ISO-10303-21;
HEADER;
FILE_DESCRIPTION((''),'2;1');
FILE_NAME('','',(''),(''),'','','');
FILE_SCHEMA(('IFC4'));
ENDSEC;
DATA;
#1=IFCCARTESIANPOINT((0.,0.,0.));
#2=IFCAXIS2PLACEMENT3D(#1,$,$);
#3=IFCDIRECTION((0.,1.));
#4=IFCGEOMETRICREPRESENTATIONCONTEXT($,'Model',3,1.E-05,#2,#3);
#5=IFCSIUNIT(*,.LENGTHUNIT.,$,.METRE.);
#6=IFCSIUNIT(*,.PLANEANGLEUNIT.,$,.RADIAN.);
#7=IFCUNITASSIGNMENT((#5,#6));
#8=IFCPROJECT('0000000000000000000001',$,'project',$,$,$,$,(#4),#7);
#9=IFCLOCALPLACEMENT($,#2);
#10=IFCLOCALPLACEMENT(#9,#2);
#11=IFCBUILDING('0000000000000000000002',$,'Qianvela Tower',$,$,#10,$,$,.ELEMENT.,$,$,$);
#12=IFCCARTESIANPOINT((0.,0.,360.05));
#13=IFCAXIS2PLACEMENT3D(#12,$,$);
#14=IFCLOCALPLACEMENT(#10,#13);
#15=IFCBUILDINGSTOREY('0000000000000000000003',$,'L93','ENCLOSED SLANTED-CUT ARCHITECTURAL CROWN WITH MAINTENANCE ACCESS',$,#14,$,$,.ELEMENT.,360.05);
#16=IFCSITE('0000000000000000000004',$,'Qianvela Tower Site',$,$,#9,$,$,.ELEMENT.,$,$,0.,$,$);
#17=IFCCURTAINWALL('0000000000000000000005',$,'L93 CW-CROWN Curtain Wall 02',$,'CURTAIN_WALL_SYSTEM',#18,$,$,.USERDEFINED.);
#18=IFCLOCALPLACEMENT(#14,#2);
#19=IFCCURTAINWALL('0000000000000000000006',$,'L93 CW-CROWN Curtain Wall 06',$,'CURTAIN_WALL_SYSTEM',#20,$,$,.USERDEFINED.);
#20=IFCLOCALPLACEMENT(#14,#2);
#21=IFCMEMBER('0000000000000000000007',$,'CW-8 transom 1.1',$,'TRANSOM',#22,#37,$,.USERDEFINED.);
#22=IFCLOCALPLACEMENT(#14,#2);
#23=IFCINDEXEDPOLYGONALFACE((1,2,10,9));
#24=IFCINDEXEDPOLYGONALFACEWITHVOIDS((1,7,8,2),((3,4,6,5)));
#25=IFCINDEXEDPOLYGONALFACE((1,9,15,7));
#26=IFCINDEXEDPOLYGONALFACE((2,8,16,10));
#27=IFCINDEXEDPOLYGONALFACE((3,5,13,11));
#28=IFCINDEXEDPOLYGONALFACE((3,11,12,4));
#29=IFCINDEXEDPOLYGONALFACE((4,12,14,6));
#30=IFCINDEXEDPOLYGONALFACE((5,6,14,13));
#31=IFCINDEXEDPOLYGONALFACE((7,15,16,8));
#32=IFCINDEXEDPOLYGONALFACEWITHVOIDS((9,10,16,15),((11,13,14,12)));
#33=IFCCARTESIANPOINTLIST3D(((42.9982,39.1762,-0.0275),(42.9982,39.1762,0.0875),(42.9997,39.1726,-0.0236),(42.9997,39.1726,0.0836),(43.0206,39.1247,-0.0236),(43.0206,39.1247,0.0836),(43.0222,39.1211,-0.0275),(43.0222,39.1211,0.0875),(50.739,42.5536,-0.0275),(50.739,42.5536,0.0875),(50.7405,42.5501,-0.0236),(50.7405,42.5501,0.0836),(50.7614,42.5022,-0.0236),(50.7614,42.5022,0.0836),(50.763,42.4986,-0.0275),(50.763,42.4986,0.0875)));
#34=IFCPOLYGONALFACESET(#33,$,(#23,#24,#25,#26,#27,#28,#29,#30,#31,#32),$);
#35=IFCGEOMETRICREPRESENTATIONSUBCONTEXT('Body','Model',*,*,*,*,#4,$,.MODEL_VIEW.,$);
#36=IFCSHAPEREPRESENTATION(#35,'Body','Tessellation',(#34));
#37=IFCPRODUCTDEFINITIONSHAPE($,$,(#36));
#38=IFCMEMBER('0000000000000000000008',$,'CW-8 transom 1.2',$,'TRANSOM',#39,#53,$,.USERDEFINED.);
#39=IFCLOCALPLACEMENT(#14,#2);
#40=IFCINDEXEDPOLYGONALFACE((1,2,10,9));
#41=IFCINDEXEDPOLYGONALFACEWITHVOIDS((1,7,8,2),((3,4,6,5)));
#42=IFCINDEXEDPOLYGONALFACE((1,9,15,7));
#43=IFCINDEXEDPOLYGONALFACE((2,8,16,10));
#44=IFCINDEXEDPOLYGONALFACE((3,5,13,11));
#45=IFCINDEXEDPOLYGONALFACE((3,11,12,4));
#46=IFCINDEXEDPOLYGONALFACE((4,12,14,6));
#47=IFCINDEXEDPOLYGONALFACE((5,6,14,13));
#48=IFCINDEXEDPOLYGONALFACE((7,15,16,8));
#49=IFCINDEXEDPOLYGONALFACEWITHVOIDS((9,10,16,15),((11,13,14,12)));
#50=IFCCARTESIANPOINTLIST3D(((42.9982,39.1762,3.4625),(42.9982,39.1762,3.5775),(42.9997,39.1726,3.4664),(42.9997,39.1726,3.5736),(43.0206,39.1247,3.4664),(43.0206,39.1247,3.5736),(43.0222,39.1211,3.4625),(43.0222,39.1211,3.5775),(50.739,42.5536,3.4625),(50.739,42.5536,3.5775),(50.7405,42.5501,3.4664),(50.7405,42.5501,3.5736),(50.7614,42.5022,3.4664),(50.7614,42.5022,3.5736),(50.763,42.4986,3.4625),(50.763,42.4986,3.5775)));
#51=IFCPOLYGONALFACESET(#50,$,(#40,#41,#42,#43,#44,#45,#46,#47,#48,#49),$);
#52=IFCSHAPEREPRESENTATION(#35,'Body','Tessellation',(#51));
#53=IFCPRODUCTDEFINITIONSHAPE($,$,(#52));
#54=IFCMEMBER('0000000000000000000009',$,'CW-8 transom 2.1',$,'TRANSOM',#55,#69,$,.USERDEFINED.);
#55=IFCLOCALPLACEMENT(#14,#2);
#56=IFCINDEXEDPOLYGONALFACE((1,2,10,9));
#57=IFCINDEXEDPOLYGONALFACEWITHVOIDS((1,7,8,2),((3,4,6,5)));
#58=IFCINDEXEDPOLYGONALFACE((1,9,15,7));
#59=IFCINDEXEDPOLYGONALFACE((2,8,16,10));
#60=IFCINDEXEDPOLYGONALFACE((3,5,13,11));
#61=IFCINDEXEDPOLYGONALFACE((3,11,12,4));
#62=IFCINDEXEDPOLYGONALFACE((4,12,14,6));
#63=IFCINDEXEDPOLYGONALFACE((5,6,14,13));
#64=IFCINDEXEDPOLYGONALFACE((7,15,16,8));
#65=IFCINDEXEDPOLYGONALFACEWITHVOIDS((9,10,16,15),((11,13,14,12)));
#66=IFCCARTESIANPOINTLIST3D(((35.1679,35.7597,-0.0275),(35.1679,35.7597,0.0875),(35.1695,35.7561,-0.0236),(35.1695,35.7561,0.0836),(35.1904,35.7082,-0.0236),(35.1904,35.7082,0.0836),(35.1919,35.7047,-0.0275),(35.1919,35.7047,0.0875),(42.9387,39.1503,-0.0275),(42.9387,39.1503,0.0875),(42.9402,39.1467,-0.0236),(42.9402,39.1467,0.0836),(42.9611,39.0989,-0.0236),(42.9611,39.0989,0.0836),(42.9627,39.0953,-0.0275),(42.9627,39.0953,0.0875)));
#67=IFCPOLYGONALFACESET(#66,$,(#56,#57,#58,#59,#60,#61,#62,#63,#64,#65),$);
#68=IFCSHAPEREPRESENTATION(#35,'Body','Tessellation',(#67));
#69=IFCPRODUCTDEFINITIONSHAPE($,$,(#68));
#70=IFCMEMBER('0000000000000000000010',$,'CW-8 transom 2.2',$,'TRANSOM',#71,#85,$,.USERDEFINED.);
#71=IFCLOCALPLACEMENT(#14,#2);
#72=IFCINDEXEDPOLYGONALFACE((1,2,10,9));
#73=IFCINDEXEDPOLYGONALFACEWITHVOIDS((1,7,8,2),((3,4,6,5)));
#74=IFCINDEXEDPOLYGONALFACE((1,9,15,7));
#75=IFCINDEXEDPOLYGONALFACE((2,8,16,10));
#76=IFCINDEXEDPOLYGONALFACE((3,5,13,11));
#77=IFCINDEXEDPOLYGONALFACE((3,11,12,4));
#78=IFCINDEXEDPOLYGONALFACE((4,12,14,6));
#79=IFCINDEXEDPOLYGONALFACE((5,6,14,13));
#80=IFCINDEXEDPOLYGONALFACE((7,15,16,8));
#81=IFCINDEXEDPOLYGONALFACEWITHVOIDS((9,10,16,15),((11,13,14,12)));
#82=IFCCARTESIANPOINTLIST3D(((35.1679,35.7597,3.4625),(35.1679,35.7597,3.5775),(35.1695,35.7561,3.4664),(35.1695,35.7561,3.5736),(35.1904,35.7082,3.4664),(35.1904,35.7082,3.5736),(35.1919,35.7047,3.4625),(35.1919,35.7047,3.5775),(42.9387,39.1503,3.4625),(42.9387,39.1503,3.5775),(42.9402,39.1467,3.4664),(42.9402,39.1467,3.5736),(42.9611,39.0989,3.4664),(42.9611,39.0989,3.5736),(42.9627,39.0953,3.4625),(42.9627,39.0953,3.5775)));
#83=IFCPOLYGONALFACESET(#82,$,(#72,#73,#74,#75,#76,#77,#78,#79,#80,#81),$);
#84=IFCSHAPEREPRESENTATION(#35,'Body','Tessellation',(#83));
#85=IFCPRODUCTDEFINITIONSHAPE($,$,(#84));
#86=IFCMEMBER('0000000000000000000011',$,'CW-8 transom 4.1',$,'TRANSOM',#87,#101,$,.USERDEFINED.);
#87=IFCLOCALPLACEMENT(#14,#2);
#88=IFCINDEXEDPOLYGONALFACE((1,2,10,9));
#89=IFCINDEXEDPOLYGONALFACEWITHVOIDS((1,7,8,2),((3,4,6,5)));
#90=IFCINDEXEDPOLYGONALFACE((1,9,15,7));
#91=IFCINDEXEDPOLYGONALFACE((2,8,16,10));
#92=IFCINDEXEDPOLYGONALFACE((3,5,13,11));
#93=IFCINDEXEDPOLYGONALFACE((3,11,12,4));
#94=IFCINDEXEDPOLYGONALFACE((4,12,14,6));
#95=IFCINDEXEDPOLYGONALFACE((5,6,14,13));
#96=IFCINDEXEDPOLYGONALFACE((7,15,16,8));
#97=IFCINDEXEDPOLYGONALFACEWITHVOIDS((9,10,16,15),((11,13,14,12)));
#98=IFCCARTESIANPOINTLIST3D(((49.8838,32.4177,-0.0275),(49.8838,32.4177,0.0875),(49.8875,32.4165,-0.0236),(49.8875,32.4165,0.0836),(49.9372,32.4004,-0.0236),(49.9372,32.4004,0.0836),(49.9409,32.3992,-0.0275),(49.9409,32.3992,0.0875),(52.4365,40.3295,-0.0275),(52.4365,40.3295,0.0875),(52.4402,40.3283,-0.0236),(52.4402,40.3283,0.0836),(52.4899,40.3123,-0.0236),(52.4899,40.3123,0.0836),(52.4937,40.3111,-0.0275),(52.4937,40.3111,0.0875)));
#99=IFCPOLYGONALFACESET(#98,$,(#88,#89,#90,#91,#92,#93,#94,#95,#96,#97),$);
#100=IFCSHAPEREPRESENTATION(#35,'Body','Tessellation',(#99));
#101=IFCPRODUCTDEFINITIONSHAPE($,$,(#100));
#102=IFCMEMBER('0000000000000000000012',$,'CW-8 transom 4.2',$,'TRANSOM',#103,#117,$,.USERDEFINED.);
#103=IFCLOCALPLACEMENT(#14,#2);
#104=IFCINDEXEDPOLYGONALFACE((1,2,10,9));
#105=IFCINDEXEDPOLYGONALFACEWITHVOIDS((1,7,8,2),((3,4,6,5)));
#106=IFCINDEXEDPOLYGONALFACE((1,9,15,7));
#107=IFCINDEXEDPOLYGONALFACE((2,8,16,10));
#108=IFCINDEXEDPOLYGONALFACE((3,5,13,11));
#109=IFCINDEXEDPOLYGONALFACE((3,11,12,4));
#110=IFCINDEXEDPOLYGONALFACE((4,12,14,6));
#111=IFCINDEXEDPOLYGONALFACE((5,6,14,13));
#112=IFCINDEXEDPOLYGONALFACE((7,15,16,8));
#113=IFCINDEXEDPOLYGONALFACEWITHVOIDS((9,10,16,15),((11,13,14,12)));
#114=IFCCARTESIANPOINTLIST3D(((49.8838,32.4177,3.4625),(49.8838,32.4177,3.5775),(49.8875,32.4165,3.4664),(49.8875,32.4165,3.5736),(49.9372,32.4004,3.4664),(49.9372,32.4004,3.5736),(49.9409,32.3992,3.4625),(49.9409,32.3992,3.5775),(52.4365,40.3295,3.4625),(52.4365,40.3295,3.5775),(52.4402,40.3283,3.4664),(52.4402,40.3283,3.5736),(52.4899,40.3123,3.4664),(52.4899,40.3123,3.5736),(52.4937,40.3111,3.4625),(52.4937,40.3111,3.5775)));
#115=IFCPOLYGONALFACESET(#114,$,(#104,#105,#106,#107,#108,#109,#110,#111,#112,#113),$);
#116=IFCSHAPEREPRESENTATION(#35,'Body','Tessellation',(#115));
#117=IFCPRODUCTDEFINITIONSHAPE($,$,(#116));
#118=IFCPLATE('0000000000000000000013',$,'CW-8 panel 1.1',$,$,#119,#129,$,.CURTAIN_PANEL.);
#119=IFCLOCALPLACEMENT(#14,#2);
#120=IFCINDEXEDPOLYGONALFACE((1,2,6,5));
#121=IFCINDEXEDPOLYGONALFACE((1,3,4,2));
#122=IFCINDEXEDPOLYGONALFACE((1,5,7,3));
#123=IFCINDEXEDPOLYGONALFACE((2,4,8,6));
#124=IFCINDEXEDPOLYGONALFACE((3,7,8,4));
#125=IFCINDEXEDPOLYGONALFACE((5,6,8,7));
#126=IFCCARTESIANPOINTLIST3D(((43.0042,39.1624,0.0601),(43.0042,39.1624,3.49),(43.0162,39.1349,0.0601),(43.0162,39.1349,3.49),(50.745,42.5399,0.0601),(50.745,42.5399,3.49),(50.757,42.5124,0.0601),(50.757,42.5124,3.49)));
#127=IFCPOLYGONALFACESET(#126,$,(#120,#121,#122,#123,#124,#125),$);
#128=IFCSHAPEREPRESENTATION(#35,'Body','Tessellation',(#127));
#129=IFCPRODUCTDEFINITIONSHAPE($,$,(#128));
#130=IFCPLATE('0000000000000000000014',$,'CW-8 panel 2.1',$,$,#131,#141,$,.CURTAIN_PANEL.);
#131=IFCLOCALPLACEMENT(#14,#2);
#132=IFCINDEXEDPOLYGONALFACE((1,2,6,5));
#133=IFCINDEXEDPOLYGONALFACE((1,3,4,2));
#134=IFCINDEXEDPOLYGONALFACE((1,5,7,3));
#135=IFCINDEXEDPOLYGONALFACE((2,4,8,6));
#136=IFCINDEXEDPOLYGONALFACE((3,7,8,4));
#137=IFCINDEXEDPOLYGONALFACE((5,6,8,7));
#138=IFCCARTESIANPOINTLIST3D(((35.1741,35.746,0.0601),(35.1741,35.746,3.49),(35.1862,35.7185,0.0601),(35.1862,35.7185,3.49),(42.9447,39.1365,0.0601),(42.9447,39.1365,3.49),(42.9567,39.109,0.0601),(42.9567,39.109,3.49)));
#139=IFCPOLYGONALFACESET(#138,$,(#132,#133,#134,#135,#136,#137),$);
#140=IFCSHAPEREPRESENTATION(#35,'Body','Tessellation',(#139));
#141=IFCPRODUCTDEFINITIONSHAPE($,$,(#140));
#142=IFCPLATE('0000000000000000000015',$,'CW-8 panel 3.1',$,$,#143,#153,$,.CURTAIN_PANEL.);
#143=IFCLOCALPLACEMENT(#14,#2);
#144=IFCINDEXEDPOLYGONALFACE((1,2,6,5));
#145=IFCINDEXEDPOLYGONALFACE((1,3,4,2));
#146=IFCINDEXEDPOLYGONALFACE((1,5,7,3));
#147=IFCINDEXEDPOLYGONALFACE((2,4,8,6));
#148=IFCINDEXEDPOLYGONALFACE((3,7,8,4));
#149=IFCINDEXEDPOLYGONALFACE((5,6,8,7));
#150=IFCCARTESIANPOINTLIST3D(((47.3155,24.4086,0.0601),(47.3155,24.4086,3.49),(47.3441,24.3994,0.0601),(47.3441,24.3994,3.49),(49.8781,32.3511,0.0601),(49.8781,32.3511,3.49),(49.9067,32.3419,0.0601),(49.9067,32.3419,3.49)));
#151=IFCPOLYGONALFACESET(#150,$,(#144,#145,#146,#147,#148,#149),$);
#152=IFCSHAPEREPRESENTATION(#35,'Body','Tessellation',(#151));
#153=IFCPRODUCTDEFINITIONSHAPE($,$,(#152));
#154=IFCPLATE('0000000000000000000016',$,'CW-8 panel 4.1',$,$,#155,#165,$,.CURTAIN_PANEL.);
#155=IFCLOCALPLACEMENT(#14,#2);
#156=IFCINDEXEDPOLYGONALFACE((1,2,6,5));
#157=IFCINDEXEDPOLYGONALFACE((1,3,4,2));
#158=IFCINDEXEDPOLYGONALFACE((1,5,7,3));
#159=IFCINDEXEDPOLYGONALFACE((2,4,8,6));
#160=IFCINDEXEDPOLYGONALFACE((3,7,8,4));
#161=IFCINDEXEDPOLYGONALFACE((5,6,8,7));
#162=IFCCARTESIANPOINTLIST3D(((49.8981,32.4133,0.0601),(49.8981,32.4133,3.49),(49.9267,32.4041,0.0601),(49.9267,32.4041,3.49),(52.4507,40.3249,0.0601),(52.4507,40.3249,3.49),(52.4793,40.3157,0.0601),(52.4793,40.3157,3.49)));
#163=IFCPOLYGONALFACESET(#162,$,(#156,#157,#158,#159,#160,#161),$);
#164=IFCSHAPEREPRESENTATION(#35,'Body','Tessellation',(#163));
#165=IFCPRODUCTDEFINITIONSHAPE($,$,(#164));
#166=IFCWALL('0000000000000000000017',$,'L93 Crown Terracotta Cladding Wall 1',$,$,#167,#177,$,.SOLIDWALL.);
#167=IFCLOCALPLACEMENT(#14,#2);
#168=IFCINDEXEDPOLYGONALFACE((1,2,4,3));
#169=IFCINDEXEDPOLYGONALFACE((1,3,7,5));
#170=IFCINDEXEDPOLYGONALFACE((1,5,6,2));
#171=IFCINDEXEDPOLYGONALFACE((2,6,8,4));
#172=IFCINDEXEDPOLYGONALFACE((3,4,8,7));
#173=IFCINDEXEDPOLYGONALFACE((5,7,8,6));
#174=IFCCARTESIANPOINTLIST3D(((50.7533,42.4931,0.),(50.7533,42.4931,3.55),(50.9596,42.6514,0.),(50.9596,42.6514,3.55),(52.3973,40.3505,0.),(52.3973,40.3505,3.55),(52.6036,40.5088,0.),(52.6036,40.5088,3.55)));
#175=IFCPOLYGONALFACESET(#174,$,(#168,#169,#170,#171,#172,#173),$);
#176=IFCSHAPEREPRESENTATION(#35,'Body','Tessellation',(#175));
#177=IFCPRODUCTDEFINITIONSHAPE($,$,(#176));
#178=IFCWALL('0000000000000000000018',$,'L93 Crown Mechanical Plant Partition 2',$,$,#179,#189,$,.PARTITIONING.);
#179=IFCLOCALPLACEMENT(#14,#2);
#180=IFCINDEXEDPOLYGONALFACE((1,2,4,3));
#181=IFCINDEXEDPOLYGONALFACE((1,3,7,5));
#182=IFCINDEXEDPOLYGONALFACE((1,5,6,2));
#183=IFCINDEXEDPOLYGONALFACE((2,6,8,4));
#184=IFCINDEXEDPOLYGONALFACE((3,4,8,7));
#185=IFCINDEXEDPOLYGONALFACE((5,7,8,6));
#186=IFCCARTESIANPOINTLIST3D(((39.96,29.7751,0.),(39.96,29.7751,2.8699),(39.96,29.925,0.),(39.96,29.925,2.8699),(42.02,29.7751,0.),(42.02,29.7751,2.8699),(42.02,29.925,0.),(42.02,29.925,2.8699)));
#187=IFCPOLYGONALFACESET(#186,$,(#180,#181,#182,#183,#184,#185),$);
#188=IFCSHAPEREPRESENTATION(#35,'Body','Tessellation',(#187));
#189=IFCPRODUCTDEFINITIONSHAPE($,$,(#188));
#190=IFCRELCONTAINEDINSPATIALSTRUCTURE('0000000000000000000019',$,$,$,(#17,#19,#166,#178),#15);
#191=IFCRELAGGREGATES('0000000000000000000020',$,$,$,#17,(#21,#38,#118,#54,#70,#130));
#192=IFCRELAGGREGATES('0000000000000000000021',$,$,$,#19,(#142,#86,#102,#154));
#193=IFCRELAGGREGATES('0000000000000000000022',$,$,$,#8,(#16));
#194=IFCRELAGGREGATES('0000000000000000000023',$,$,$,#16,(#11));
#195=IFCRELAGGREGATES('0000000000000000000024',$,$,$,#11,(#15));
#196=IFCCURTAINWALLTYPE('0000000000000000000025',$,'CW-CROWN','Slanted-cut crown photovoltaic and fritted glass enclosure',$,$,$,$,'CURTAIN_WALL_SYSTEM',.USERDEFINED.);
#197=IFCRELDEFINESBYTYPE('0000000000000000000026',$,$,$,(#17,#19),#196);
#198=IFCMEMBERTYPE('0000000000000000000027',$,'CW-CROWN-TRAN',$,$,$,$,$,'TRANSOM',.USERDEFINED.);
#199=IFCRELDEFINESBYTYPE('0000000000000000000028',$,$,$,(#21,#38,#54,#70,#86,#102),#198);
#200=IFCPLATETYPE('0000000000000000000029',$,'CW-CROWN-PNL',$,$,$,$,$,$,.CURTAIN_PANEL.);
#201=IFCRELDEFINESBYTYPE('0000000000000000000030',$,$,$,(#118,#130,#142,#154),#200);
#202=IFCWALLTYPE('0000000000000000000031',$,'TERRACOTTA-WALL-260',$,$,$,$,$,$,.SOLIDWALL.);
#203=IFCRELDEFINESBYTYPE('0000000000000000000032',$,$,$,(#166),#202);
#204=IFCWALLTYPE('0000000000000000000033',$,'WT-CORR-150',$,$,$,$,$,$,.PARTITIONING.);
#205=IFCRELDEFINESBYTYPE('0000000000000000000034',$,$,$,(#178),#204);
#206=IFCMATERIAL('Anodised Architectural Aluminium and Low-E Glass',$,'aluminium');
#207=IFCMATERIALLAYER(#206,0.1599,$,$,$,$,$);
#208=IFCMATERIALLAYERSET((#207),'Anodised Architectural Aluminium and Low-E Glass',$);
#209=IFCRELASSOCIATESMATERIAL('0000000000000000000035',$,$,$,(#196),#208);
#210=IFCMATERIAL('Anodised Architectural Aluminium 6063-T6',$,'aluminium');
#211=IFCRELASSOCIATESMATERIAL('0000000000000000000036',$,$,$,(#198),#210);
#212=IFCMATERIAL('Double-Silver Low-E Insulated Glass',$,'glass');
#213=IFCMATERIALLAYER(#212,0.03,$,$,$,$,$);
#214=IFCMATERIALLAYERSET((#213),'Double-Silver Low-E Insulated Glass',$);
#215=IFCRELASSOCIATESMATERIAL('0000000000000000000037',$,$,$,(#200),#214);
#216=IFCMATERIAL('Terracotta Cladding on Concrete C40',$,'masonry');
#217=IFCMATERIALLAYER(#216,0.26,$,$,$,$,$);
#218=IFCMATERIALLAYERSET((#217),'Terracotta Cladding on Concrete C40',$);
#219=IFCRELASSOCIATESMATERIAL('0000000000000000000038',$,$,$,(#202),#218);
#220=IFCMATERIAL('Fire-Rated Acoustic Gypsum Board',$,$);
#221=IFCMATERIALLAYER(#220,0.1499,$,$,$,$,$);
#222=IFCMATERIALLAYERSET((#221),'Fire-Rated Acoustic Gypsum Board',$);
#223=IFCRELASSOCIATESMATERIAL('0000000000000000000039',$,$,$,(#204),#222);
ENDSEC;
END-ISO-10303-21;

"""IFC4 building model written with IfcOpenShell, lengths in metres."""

from ifc_helpers import new_model, si_unit, direction, frame, frame_2d, origin, origin_2d, place, context, subcontext, project, spatial, rectangle, hollow_rectangle, extrude, material, layer, layer_set, material_profile, profile_set, type_object, element, aggregate, save


model = new_model("IFC4")

# Units and contexts
model_context = context("Model", 3, precision=1e-05, world=origin(), true_north=direction((0.0, 1.0)))
body_context = subcontext(model_context, "Body", "Model", "MODEL_VIEW")
ifc_project = project(units=[si_unit("LENGTHUNIT", "METRE"), si_unit("PLANEANGLEUNIT", "RADIAN")], contexts=[model_context])

# Site, building, storey
site_placement = place(None, origin())
site = spatial("IfcSite", under=ifc_project, at=site_placement, Name="Qianvela Tower Site", CompositionType="ELEMENT", RefElevation=0.0)
building_placement = place(site_placement, origin())
building = spatial("IfcBuilding", under=site, at=building_placement, Name="Qianvela Tower", CompositionType="ELEMENT")
storey_placement = place(building_placement, frame((0.0, 0.0, 360.05)))
storey = spatial("IfcBuildingStorey", under=building, at=storey_placement, Name="L93", Description="ENCLOSED SLANTED-CUT ARCHITECTURAL CROWN WITH MAINTENANCE ACCESS", CompositionType="ELEMENT", Elevation=360.05)

# Curtain walls
ifc_material_1 = material(Name="Anodised Architectural Aluminium and Low-E Glass", Category="aluminium")
ifc_layer_1 = layer(ifc_material_1, 0.1599)
ifc_layer_set_1 = layer_set([ifc_layer_1], Name="Anodised Architectural Aluminium and Low-E Glass")
curtain_wall_type = type_object("IfcCurtainWallType", Name="CW-CROWN", Description="Slanted-cut crown photovoltaic and fritted glass enclosure", ElementType="CURTAIN_WALL_SYSTEM", PredefinedType="USERDEFINED", material=ifc_layer_set_1)
curtain_wall_1_placement = place(storey_placement, origin())
curtain_wall_1 = element("IfcCurtainWall", 1, at=curtain_wall_1_placement, inside=storey, type_object=curtain_wall_type, Name="L93 CW-CROWN Curtain Wall 02", ObjectType="CURTAIN_WALL_SYSTEM", PredefinedType="USERDEFINED")
curtain_wall_2_placement = place(storey_placement, origin())
curtain_wall_2 = element("IfcCurtainWall", 2, at=curtain_wall_2_placement, inside=storey, type_object=curtain_wall_type, Name="L93 CW-CROWN Curtain Wall 06", ObjectType="CURTAIN_WALL_SYSTEM", PredefinedType="USERDEFINED")

# Members
ifc_material_2 = material(Name="Anodised Architectural Aluminium 6063-T6", Category="aluminium")
ifc_material_profile_1 = material_profile(ifc_material_2, hollow_rectangle(XDim=0.0601, YDim=0.115, WallThickness=0.0039, at=origin_2d()), Name="ALU-TRAN-60x115")
ifc_profile_set_1 = profile_set([ifc_material_profile_1], Name="Anodised Architectural Aluminium 6063-T6")
member_type_1 = type_object("IfcMemberType", Name="CW-CROWN-TRAN", ElementType="TRANSOM", PredefinedType="USERDEFINED", material=ifc_profile_set_1)
member_1_placement = place(storey_placement, frame((50.751, 42.5261, 0.03), z_axis=(-0.916554, -0.399912, 0.0), x_axis=(0.399912, -0.916554, 0.0)))
member_1 = element("IfcMember", 3, at=member_1_placement, type_object=member_type_1, Name="CW-8 transom 1.1", ObjectType="TRANSOM", PredefinedType="USERDEFINED", context=body_context, shape_type="SweptSolid", body=[
    extrude(hollow_rectangle(XDim=0.0601, YDim=0.115, WallThickness=0.0039, at=origin_2d()), origin(), (0.0, 0.0, 1.0), 8.4456),
])
member_2_placement = place(storey_placement, frame((50.751, 42.5261, 3.52), z_axis=(-0.916554, -0.399912, 0.0), x_axis=(0.399912, -0.916554, 0.0)))
member_2 = element("IfcMember", 4, at=member_2_placement, type_object=member_type_1, Name="CW-8 transom 1.2", ObjectType="TRANSOM", PredefinedType="USERDEFINED", context=body_context, shape_type="SweptSolid", body=[
    extrude(hollow_rectangle(XDim=0.0601, YDim=0.115, WallThickness=0.0039, at=origin_2d()), origin(), (0.0, 0.0, 1.0), 8.4456),
])
member_3_placement = place(storey_placement, frame((42.9507, 39.1228, 0.03), z_axis=(-0.91655, -0.39992, 0.0), x_axis=(0.39992, -0.91655, 0.0)))
member_3 = element("IfcMember", 5, at=member_3_placement, type_object=member_type_1, Name="CW-8 transom 2.1", ObjectType="TRANSOM", PredefinedType="USERDEFINED", context=body_context, shape_type="SweptSolid", body=[
    extrude(hollow_rectangle(XDim=0.0601, YDim=0.115, WallThickness=0.0039, at=origin_2d()), origin(), (0.0, 0.0, 1.0), 8.4783),
])
member_4_placement = place(storey_placement, frame((42.9507, 39.1228, 3.52), z_axis=(-0.91655, -0.39992, 0.0), x_axis=(0.39992, -0.91655, 0.0)))
member_4 = element("IfcMember", 6, at=member_4_placement, type_object=member_type_1, Name="CW-8 transom 2.2", ObjectType="TRANSOM", PredefinedType="USERDEFINED", context=body_context, shape_type="SweptSolid", body=[
    extrude(hollow_rectangle(XDim=0.0601, YDim=0.115, WallThickness=0.0039, at=origin_2d()), origin(), (0.0, 0.0, 1.0), 8.4783),
])
member_5_placement = place(storey_placement, frame((49.9124, 32.4084, 0.03), z_axis=(0.307059, 0.95169, 0.0), x_axis=(-0.95169, 0.307059, 0.0)))
member_5 = element("IfcMember", 7, at=member_5_placement, type_object=member_type_1, Name="CW-8 transom 4.1", ObjectType="TRANSOM", PredefinedType="USERDEFINED", context=body_context, shape_type="SweptSolid", body=[
    extrude(hollow_rectangle(XDim=0.0601, YDim=0.115, WallThickness=0.0039, at=origin_2d()), origin(), (0.0, 0.0, 1.0), 8.3135),
])
member_6_placement = place(storey_placement, frame((49.9124, 32.4084, 3.52), z_axis=(0.307059, 0.95169, 0.0), x_axis=(-0.95169, 0.307059, 0.0)))
member_6 = element("IfcMember", 8, at=member_6_placement, type_object=member_type_1, Name="CW-8 transom 4.2", ObjectType="TRANSOM", PredefinedType="USERDEFINED", context=body_context, shape_type="SweptSolid", body=[
    extrude(hollow_rectangle(XDim=0.0601, YDim=0.115, WallThickness=0.0039, at=origin_2d()), origin(), (0.0, 0.0, 1.0), 8.3135),
])

# Plates
ifc_material_3 = material(Name="Double-Silver Low-E Insulated Glass", Category="glass")
ifc_layer_2 = layer(ifc_material_3, 0.03)
ifc_layer_set_2 = layer_set([ifc_layer_2], Name="Double-Silver Low-E Insulated Glass")
plate_type = type_object("IfcPlateType", Name="CW-CROWN-PNL", PredefinedType="CURTAIN_PANEL", material=ifc_layer_set_2)
plate_1_placement = place(storey_placement, frame((46.8806, 40.8374, 0.0601), z_axis=(0.0, 0.0, 1.0), x_axis=(-0.916552, -0.399915, 0.0)))
plate_1 = element("IfcPlate", 9, at=plate_1_placement, type_object=plate_type, Name="CW-8 panel 1.1", PredefinedType="CURTAIN_PANEL", context=body_context, shape_type="SweptSolid", body=[
    extrude(rectangle(XDim=8.4456, YDim=0.03, at=origin_2d()), origin(), (0.0, 0.0, 1.0), 3.4299),
])
plate_2_placement = place(storey_placement, frame((39.0654, 37.4275, 0.0601), z_axis=(0.0, 0.0, 1.0), x_axis=(-0.916552, -0.399915, 0.0)))
plate_2 = element("IfcPlate", 10, at=plate_2_placement, type_object=plate_type, Name="CW-8 panel 2.1", PredefinedType="CURTAIN_PANEL", context=body_context, shape_type="SweptSolid", body=[
    extrude(rectangle(XDim=8.478, YDim=0.03, at=origin_2d()), origin(), (0.0, 0.0, 1.0), 3.4299),
])
aggregate(curtain_wall_1, [member_1, member_2, plate_1, member_3, member_4, plate_2])
plate_3_placement = place(storey_placement, frame((48.6111, 28.3752, 0.0601), z_axis=(0.0, 0.0, 1.0), x_axis=(0.307057, 0.951691, 0.0)))
plate_3 = element("IfcPlate", 11, at=plate_3_placement, type_object=plate_type, Name="CW-8 panel 3.1", PredefinedType="CURTAIN_PANEL", context=body_context, shape_type="SweptSolid", body=[
    extrude(rectangle(XDim=8.3457, YDim=0.03, at=origin_2d()), origin(), (0.0, 0.0, 1.0), 3.4299),
])
plate_4_placement = place(storey_placement, frame((51.1887, 36.3645, 0.0601), z_axis=(0.0, 0.0, 1.0), x_axis=(0.307057, 0.951691, 0.0)))
plate_4 = element("IfcPlate", 12, at=plate_4_placement, type_object=plate_type, Name="CW-8 panel 4.1", PredefinedType="CURTAIN_PANEL", context=body_context, shape_type="SweptSolid", body=[
    extrude(rectangle(XDim=8.3132, YDim=0.03, at=origin_2d()), origin(), (0.0, 0.0, 1.0), 3.4299),
])
aggregate(curtain_wall_2, [plate_3, member_5, member_6, plate_4])

# Wall
ifc_material_4 = material(Name="Terracotta Cladding on Concrete C40", Category="masonry")
ifc_layer_3 = layer(ifc_material_4, 0.26)
ifc_layer_set_3 = layer_set([ifc_layer_3], Name="Terracotta Cladding on Concrete C40")
wall_type_1 = type_object("IfcWallType", Name="TERRACOTTA-WALL-260", PredefinedType="SOLIDWALL", material=ifc_layer_set_3)
wall_1_placement = place(storey_placement, frame((52.5005, 40.4297, 0.0), z_axis=(0.0, 0.0, 1.0), x_axis=(-0.608758, 0.793356, 0.0)))
element("IfcWall", 13, at=wall_1_placement, inside=storey, type_object=wall_type_1, Name="L93 Crown Terracotta Cladding Wall 1", PredefinedType="SOLIDWALL", context=body_context, shape_type="SweptSolid", body=[
    extrude(rectangle(XDim=2.7007, YDim=0.26, at=frame_2d((1.3503, 0.0))), origin(), (0.0, 0.0, 1.0), 3.55),
])

# Shared definitions
ifc_material_5 = material(Name="Fire-Rated Acoustic Gypsum Board")
ifc_layer_4 = layer(ifc_material_5, 0.1499)
ifc_layer_set_4 = layer_set([ifc_layer_4], Name="Fire-Rated Acoustic Gypsum Board")
wall_type_2 = type_object("IfcWallType", Name="WT-CORR-150", PredefinedType="PARTITIONING", material=ifc_layer_set_4)

# Wall
for number, where, z_axis, x_axis, name in (
    (14, (39.96, 29.8501, 0.0), (0.0, 0.0, 1.0), (1.0, 0.0, 0.0), "L93 Crown Mechanical Plant Partition 2"),
):
    element("IfcWall", number, at=place(storey_placement, frame(where, z_axis=z_axis, x_axis=x_axis)), inside=storey, type_object=wall_type_2, Name=name, PredefinedType="PARTITIONING", context=body_context, shape_type="SweptSolid", body=[
        extrude(rectangle(XDim=2.0601, YDim=0.1499, at=frame_2d((1.03, 0.0))), origin(), (0.0, 0.0, 1.0), 2.8699),
    ])

save(model, "model.ifc")
